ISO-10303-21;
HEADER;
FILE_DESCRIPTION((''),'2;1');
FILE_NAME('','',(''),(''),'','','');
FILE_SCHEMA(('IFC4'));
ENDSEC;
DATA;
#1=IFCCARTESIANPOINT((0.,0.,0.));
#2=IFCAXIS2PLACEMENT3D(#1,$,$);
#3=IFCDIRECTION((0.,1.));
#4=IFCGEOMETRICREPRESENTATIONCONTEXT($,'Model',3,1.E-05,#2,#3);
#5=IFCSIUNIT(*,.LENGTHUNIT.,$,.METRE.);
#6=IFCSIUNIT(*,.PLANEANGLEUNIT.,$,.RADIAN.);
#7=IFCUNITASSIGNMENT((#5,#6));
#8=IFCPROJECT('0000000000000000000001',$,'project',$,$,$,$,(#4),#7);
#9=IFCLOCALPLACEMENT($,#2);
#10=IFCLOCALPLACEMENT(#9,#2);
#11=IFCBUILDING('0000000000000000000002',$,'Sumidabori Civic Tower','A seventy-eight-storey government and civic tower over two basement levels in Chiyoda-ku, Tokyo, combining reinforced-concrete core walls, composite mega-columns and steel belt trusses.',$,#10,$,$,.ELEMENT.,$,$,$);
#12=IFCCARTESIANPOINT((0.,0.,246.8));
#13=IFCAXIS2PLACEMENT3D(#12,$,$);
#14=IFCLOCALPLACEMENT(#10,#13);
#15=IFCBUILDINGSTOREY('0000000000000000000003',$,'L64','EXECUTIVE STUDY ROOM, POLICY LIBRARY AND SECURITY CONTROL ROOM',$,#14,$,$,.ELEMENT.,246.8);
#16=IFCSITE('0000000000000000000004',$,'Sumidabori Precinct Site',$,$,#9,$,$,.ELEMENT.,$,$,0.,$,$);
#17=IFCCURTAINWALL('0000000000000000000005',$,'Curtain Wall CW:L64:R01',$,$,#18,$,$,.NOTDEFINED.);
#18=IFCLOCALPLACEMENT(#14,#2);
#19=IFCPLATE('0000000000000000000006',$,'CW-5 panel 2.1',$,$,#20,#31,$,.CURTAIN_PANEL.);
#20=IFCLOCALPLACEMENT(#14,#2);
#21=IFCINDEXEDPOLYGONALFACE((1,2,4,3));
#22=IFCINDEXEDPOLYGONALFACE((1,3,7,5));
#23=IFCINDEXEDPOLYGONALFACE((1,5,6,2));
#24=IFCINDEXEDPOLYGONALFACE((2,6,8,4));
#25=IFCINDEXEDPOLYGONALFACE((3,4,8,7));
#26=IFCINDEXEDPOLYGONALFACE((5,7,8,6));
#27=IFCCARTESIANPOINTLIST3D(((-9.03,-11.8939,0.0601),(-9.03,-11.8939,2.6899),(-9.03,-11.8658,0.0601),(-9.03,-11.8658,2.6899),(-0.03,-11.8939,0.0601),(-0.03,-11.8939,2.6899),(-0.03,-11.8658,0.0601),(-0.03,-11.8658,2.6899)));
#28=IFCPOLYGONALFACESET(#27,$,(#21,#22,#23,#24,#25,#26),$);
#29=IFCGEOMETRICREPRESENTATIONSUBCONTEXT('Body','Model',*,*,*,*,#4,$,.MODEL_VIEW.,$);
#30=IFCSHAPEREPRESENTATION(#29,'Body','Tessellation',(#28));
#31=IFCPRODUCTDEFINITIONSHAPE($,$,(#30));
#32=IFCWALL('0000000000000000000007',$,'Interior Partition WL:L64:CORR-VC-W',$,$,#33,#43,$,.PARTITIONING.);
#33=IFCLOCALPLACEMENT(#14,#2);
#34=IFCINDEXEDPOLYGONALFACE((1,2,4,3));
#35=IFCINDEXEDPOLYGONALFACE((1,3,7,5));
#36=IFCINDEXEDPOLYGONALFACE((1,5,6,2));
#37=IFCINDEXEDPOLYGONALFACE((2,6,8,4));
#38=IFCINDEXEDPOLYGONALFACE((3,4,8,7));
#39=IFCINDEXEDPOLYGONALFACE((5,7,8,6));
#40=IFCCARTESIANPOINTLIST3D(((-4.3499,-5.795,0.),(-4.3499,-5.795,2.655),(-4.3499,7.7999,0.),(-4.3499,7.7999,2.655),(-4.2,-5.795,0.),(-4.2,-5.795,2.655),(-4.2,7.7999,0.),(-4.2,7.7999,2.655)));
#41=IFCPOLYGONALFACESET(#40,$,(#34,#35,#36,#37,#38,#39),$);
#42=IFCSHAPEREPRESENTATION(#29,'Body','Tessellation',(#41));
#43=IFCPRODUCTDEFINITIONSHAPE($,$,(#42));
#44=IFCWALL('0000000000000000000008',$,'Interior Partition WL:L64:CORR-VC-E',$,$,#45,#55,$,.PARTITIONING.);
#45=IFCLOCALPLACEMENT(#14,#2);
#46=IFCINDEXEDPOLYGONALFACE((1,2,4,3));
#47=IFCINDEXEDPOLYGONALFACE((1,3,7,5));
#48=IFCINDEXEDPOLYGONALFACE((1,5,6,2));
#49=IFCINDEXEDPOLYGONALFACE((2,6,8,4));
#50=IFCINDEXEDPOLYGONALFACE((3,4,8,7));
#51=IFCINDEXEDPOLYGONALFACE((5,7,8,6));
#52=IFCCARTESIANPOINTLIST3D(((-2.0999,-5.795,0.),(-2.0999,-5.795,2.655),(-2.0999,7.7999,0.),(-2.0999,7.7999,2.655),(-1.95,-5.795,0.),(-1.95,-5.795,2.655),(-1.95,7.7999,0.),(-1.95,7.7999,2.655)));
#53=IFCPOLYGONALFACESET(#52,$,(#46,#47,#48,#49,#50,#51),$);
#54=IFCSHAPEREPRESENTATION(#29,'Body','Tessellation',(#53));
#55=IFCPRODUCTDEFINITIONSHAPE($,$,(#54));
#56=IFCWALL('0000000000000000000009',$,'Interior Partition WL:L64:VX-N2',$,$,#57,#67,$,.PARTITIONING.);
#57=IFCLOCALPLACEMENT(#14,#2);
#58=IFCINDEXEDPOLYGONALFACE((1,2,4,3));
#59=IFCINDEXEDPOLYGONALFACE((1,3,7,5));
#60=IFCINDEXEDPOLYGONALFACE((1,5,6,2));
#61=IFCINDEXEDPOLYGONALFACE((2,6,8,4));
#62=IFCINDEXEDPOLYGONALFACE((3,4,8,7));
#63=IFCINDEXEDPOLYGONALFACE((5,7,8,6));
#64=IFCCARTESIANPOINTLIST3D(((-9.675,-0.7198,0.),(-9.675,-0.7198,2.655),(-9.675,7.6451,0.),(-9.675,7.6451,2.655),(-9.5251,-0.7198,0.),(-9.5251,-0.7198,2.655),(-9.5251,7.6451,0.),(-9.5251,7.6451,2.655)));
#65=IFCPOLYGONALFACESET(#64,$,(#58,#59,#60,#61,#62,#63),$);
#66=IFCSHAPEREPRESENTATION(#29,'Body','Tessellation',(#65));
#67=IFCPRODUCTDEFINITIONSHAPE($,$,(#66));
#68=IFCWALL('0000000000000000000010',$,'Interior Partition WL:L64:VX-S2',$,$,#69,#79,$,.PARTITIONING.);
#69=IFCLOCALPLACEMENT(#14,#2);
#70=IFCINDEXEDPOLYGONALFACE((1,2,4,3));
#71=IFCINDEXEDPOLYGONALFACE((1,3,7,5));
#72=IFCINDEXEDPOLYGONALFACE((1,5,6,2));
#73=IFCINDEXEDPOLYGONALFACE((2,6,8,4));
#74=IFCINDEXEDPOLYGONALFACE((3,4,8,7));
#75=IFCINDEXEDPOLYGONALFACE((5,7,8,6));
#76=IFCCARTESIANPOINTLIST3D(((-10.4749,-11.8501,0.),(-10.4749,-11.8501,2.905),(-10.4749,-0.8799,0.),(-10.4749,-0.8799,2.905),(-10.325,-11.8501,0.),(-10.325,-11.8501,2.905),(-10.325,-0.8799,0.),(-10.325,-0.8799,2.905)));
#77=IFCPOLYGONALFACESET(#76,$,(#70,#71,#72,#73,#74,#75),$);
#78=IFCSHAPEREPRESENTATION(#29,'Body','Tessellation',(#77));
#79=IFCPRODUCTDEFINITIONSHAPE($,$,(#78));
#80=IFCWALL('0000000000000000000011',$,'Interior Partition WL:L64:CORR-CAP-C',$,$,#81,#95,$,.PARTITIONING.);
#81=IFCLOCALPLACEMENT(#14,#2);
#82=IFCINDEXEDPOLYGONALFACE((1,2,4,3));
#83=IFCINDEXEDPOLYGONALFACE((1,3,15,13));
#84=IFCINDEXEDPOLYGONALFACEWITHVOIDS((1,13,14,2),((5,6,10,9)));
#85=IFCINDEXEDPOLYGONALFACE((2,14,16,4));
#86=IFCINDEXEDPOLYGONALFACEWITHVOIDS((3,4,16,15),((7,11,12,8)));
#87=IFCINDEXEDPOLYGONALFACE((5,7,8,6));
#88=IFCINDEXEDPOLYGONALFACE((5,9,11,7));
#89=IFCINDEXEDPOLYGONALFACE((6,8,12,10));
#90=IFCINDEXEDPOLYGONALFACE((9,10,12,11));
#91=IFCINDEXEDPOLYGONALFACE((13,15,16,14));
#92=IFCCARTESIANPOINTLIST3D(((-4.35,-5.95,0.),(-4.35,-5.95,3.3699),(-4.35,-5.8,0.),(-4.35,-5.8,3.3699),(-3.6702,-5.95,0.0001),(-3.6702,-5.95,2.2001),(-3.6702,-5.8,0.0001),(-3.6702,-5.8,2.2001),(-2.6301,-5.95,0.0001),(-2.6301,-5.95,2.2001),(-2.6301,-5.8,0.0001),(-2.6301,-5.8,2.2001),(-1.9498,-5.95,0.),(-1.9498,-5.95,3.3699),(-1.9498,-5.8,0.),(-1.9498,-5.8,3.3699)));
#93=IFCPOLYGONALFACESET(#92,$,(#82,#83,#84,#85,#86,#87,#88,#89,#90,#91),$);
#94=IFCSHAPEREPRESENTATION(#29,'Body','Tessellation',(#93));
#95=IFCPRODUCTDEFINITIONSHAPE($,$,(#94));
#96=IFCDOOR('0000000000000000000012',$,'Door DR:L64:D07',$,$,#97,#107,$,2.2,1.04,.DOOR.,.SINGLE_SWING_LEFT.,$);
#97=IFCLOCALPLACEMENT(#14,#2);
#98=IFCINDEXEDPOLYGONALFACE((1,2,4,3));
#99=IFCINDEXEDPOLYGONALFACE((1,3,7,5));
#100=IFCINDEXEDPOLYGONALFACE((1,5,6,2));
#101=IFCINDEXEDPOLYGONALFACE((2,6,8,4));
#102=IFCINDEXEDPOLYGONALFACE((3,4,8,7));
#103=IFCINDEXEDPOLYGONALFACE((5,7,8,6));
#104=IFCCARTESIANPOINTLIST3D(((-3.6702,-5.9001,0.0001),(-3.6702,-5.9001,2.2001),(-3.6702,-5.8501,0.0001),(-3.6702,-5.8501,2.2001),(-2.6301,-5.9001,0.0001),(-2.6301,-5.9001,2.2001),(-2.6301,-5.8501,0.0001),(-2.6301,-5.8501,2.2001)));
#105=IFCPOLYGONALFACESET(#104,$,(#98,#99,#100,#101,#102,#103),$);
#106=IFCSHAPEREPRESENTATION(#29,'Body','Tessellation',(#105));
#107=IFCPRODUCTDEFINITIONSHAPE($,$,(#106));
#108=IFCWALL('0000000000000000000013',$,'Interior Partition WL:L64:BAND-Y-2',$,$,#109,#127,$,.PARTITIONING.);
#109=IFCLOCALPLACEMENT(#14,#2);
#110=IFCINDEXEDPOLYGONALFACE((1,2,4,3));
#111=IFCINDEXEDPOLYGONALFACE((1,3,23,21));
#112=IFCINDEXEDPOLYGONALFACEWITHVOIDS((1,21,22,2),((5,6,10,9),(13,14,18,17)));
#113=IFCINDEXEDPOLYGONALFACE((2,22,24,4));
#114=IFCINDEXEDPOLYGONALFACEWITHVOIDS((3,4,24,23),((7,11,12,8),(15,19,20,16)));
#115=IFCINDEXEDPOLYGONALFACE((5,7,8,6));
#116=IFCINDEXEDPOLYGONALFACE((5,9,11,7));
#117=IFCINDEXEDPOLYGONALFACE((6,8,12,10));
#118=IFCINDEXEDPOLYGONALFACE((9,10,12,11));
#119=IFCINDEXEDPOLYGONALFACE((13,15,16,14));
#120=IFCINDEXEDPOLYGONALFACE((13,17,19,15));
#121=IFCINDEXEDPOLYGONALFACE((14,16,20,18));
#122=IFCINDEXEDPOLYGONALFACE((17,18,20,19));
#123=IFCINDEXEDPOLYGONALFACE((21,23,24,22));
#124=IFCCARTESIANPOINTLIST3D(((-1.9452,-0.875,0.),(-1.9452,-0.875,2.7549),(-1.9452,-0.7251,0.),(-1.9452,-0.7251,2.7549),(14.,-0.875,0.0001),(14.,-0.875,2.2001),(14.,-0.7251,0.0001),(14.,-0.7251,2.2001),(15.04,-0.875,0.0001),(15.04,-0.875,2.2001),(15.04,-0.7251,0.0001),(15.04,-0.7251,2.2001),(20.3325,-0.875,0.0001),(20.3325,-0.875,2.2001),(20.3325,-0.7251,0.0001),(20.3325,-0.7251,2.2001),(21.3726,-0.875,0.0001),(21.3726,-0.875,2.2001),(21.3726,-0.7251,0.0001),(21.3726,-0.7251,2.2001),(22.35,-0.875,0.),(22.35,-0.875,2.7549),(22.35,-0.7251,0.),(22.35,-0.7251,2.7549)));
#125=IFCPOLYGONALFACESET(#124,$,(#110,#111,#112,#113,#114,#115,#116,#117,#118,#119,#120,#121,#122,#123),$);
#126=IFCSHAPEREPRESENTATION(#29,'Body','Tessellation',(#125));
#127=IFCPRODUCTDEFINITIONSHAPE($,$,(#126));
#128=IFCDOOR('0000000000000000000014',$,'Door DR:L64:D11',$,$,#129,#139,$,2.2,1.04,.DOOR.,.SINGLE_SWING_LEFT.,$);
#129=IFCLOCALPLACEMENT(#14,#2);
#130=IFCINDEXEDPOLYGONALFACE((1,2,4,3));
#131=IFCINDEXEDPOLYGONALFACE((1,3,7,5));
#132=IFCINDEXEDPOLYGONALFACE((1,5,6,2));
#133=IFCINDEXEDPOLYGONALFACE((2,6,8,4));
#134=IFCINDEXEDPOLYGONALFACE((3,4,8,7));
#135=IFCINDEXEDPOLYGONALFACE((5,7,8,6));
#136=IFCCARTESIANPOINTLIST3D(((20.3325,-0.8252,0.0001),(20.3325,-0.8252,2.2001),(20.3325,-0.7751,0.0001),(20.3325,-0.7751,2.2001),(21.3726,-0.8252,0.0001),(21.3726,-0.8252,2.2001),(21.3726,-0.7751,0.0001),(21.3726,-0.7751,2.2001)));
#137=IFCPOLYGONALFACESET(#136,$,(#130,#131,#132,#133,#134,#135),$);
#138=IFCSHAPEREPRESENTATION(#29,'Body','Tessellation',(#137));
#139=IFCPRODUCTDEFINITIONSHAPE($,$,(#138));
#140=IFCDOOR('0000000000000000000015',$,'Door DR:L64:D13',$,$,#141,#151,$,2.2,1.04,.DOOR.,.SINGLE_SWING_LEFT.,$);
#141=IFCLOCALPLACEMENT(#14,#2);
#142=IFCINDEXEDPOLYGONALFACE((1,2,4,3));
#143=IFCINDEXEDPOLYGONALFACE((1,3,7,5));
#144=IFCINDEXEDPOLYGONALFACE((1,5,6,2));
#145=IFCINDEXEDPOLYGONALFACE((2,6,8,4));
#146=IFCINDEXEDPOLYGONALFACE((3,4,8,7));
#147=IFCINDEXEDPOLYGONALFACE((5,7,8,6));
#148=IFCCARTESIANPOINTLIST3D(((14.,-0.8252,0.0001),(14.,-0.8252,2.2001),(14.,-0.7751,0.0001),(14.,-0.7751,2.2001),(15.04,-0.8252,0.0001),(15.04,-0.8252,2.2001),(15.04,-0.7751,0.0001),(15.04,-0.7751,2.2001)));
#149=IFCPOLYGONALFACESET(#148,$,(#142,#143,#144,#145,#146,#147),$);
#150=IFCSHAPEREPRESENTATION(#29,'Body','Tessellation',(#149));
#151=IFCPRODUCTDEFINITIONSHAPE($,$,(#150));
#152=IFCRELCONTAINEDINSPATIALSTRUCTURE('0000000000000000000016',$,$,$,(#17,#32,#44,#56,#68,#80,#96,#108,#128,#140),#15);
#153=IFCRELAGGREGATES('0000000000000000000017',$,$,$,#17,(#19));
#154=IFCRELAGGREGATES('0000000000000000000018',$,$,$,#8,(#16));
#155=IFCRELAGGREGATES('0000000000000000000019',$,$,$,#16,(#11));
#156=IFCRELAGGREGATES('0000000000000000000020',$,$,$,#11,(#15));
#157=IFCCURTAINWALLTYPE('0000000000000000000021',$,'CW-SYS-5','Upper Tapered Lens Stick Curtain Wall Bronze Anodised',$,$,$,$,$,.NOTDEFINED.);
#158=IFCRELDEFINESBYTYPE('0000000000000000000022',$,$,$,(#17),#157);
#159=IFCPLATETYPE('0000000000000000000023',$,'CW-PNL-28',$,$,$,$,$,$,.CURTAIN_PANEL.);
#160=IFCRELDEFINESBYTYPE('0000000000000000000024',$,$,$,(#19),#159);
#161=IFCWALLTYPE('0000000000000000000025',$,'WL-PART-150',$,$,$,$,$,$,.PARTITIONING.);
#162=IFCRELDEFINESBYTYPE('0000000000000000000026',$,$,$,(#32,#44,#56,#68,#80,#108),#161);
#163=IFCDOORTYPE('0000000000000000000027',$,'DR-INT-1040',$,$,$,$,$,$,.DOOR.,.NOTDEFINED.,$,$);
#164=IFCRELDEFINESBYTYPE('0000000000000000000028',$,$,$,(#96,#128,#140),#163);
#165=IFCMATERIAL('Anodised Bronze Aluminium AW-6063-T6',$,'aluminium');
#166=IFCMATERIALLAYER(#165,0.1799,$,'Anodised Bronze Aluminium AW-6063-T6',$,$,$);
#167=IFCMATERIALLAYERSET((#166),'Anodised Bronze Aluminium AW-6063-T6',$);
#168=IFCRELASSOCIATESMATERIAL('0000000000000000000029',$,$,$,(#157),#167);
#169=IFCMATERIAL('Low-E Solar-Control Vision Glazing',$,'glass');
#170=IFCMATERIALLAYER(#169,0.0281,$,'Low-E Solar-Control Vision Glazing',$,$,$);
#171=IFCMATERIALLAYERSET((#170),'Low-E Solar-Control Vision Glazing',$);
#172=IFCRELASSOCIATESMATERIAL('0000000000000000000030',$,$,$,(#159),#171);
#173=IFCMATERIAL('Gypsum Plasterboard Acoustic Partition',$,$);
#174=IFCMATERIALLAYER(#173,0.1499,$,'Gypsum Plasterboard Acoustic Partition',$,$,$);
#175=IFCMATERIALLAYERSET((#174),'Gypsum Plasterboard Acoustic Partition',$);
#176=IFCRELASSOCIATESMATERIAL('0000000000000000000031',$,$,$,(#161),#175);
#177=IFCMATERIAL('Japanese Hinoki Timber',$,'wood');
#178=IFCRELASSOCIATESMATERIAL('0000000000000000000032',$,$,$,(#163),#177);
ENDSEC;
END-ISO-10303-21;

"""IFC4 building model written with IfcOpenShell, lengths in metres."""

from ifc_helpers import new_model, si_unit, direction, frame, frame_2d, origin, origin_2d, place, context, subcontext, project, spatial, rectangle, extrude, source, transform, mapped, material, layer, layer_set, type_object, element, fill, aggregate, save


model = new_model("IFC4")

# Units and contexts
model_context = context("Model", 3, precision=1e-05, world=origin(), true_north=direction((0.0, 1.0)))
body_context = subcontext(model_context, "Body", "Model", "MODEL_VIEW")
ifc_project = project(units=[si_unit("LENGTHUNIT", "METRE"), si_unit("PLANEANGLEUNIT", "RADIAN")], contexts=[model_context])

# Site, building, storey
site_placement = place(None, origin())
site = spatial("IfcSite", under=ifc_project, at=site_placement, Name="Sumidabori Precinct Site", CompositionType="ELEMENT", RefElevation=0.0)
building_placement = place(site_placement, origin())
building = spatial("IfcBuilding", under=site, at=building_placement, Name="Sumidabori Civic Tower", Description="A seventy-eight-storey government and civic tower over two basement levels in Chiyoda-ku, Tokyo, combining reinforced-concrete core walls, composite mega-columns and steel belt trusses.", CompositionType="ELEMENT")
storey_placement = place(building_placement, frame((0.0, 0.0, 246.8)))
storey = spatial("IfcBuildingStorey", under=building, at=storey_placement, Name="L64", Description="EXECUTIVE STUDY ROOM, POLICY LIBRARY AND SECURITY CONTROL ROOM", CompositionType="ELEMENT", Elevation=246.8)

# Curtain wall
ifc_material_1 = material(Name="Anodised Bronze Aluminium AW-6063-T6", Category="aluminium")
ifc_layer_1 = layer(ifc_material_1, 0.1799, Name="Anodised Bronze Aluminium AW-6063-T6")
ifc_layer_set_1 = layer_set([ifc_layer_1], Name="Anodised Bronze Aluminium AW-6063-T6")
curtain_wall_type = type_object("IfcCurtainWallType", Name="CW-SYS-5", Description="Upper Tapered Lens Stick Curtain Wall Bronze Anodised", PredefinedType="NOTDEFINED", material=ifc_layer_set_1)
curtain_wall_placement = place(storey_placement, origin())
curtain_wall = element("IfcCurtainWall", 1, at=curtain_wall_placement, inside=storey, type_object=curtain_wall_type, Name="Curtain Wall CW:L64:R01", PredefinedType="NOTDEFINED")

# Plate
ifc_material_2 = material(Name="Low-E Solar-Control Vision Glazing", Category="glass")
ifc_layer_2 = layer(ifc_material_2, 0.0281, Name="Low-E Solar-Control Vision Glazing")
ifc_layer_set_2 = layer_set([ifc_layer_2], Name="Low-E Solar-Control Vision Glazing")
plate_type = type_object("IfcPlateType", Name="CW-PNL-28", PredefinedType="CURTAIN_PANEL", material=ifc_layer_set_2)
shared_shape_1 = source(origin(), body_context, "Body", "SweptSolid", [
    extrude(rectangle(XDim=9.0, YDim=0.0281, at=origin_2d()), origin(), (0.0, 0.0, 1.0), 2.6299),
])
plate_placement = place(storey_placement, frame((-4.53, -11.8799, 0.0601), z_axis=(0.0, 0.0, 1.0), x_axis=(1.0, 0.0, 0.0)))
plate = element("IfcPlate", 2, at=plate_placement, type_object=plate_type, Name="CW-5 panel 2.1", PredefinedType="CURTAIN_PANEL", context=body_context, shape_type="MappedRepresentation", body=[
    mapped(shared_shape_1, transform((0.0, 0.0, 0.0), x_axis=(1.0, 0.0, 0.0), y_axis=(0.0, 1.0, 0.0), z_axis=(0.0, 0.0, 1.0), scale=1.0)),
])
aggregate(curtain_wall, [plate])

# Walls
ifc_material_3 = material(Name="Gypsum Plasterboard Acoustic Partition")
ifc_layer_3 = layer(ifc_material_3, 0.1499, Name="Gypsum Plasterboard Acoustic Partition")
ifc_layer_set_3 = layer_set([ifc_layer_3], Name="Gypsum Plasterboard Acoustic Partition")
wall_type = type_object("IfcWallType", Name="WL-PART-150", PredefinedType="PARTITIONING", material=ifc_layer_set_3)
shared_shape_2 = source(origin(), body_context, "Body", "SweptSolid", [
    extrude(rectangle(XDim=13.595, YDim=0.1499, at=frame_2d((6.7974, 0.0))), origin(), (0.0, 0.0, 1.0), 2.655),
])
for number, where, z_axis, x_axis, name in (
    (3, (-4.2749, -5.7949, 0.0), (0.0, 0.0, 1.0), (0.0, 1.0, 0.0), "Interior Partition WL:L64:CORR-VC-W"),
    (4, (-2.0249, -5.7949, 0.0), (0.0, 0.0, 1.0), (0.0, 1.0, 0.0), "Interior Partition WL:L64:CORR-VC-E"),
):
    element("IfcWall", number, at=place(storey_placement, frame(where, z_axis=z_axis, x_axis=x_axis)), inside=storey, type_object=wall_type, Name=name, PredefinedType="PARTITIONING", context=body_context, shape_type="MappedRepresentation", body=[
        mapped(shared_shape_2, transform((0.0, 0.0, 0.0), x_axis=(1.0, 0.0, 0.0), y_axis=(0.0, 1.0, 0.0), z_axis=(0.0, 0.0, 1.0), scale=1.0)),
    ])
shared_shape_3 = source(origin(), body_context, "Body", "SweptSolid", [
    extrude(rectangle(XDim=8.365, YDim=0.1499, at=frame_2d((4.1826, 0.0))), origin(), (0.0, 0.0, 1.0), 2.655),
])
wall_1_placement = place(storey_placement, frame((-9.6001, -0.72, 0.0), z_axis=(0.0, 0.0, 1.0), x_axis=(0.0, 1.0, 0.0)))
element("IfcWall", 5, at=wall_1_placement, inside=storey, type_object=wall_type, Name="Interior Partition WL:L64:VX-N2", PredefinedType="PARTITIONING", context=body_context, shape_type="MappedRepresentation", body=[
    mapped(shared_shape_3, transform((0.0, 0.0, 0.0), x_axis=(1.0, 0.0, 0.0), y_axis=(0.0, 1.0, 0.0), z_axis=(0.0, 0.0, 1.0), scale=1.0)),
])
shared_shape_4 = source(origin(), body_context, "Body", "SweptSolid", [
    extrude(rectangle(XDim=10.9702, YDim=0.1499, at=frame_2d((5.4851, 0.0))), origin(), (0.0, 0.0, 1.0), 2.905),
])
wall_2_placement = place(storey_placement, frame((-10.3999, -11.8501, 0.0), z_axis=(0.0, 0.0, 1.0), x_axis=(0.0, 1.0, 0.0)))
element("IfcWall", 6, at=wall_2_placement, inside=storey, type_object=wall_type, Name="Interior Partition WL:L64:VX-S2", PredefinedType="PARTITIONING", context=body_context, shape_type="MappedRepresentation", body=[
    mapped(shared_shape_4, transform((0.0, 0.0, 0.0), x_axis=(1.0, 0.0, 0.0), y_axis=(0.0, 1.0, 0.0), z_axis=(0.0, 0.0, 1.0), scale=1.0)),
])

# Wall, opening, door
shared_shape_5 = source(origin(), body_context, "Body", "SweptSolid", [
    extrude(rectangle(XDim=2.4001, YDim=0.1499, at=frame_2d((1.2002, 0.0))), origin(), (0.0, 0.0, 1.0), 3.3699),
])
wall_3_placement = place(storey_placement, frame((-4.3501, -5.875, 0.0), z_axis=(0.0, 0.0, 1.0), x_axis=(1.0, 0.0, 0.0)))
wall_3 = element("IfcWall", 7, at=wall_3_placement, inside=storey, type_object=wall_type, Name="Interior Partition WL:L64:CORR-CAP-C", PredefinedType="PARTITIONING", context=body_context, shape_type="MappedRepresentation", body=[
    mapped(shared_shape_5, transform((0.0, 0.0, 0.0), x_axis=(1.0, 0.0, 0.0), y_axis=(0.0, 1.0, 0.0), z_axis=(0.0, 0.0, 1.0), scale=1.0)),
])
opening_1_placement = place(wall_3_placement, frame((0.6799, 0.0, 0.0)))
opening_1 = element("IfcOpeningElement", 8, at=opening_1_placement, cuts=wall_3, PredefinedType="OPENING", context=body_context, shape_type="SweptSolid", body=[
    extrude(rectangle(XDim=1.04, YDim=2.2, at=frame_2d((0.52, 1.1001))), frame((0.0, 0.0869, 0.0), z_axis=(0.0, -1.0, 0.0), x_axis=(1.0, 0.0, 0.0)), (0.0, 0.0, 1.0), 0.1738),
])
ifc_material_4 = material(Name="Japanese Hinoki Timber", Category="wood")
door_type = type_object("IfcDoorType", Name="DR-INT-1040", OperationType="NOTDEFINED", PredefinedType="DOOR", material=ifc_material_4)
shared_shape_6 = source(origin(), body_context, "Body", "SweptSolid", [
    extrude(rectangle(XDim=1.04, YDim=2.2, at=frame_2d((0.52, 1.1001))), frame((0.0, 0.0249, 0.0), z_axis=(0.0, -1.0, 0.0), x_axis=(1.0, 0.0, 0.0)), (0.0, 0.0, 1.0), 0.05),
])
door_1_placement = place(opening_1_placement, origin())
door_1 = element("IfcDoor", 9, at=door_1_placement, inside=storey, type_object=door_type, Name="Door DR:L64:D07", OperationType="SINGLE_SWING_LEFT", OverallHeight=2.2, OverallWidth=1.04, PredefinedType="DOOR", context=body_context, shape_type="MappedRepresentation", body=[
    mapped(shared_shape_6, transform((0.0, 0.0, 0.0), x_axis=(1.0, 0.0, 0.0), y_axis=(0.0, 1.0, 0.0), z_axis=(0.0, 0.0, 1.0), scale=1.0)),
])
fill(opening_1, door_1)

# Wall, openings, doors
shared_shape_7 = source(origin(), body_context, "Body", "SweptSolid", [
    extrude(rectangle(XDim=24.2952, YDim=0.1499, at=frame_2d((12.1475, 0.0))), origin(), (0.0, 0.0, 1.0), 2.7549),
])
wall_4_placement = place(storey_placement, frame((-1.9451, -0.8, 0.0), z_axis=(0.0, 0.0, 1.0), x_axis=(1.0, 0.0, 0.0)))
wall_4 = element("IfcWall", 10, at=wall_4_placement, inside=storey, type_object=wall_type, Name="Interior Partition WL:L64:BAND-Y-2", PredefinedType="PARTITIONING", context=body_context, shape_type="MappedRepresentation", body=[
    mapped(shared_shape_7, transform((0.0, 0.0, 0.0), x_axis=(1.0, 0.0, 0.0), y_axis=(0.0, 1.0, 0.0), z_axis=(0.0, 0.0, 1.0), scale=1.0)),
])
opening_2_placement = place(wall_4_placement, frame((22.2776, 0.0, 0.0)))
opening_2 = element("IfcOpeningElement", 11, at=opening_2_placement, cuts=wall_4, PredefinedType="OPENING", context=body_context, shape_type="SweptSolid", body=[
    extrude(rectangle(XDim=1.04, YDim=2.2, at=frame_2d((0.52, 1.1001))), frame((0.0, 0.0869, 0.0), z_axis=(0.0, -1.0, 0.0), x_axis=(1.0, 0.0, 0.0)), (0.0, 0.0, 1.0), 0.1738),
])
opening_3_placement = place(wall_4_placement, frame((15.9451, 0.0, 0.0)))
opening_3 = element("IfcOpeningElement", 12, at=opening_3_placement, cuts=wall_4, PredefinedType="OPENING", context=body_context, shape_type="SweptSolid", body=[
    extrude(rectangle(XDim=1.04, YDim=2.2, at=frame_2d((0.52, 1.1001))), frame((0.0, 0.0869, 0.0), z_axis=(0.0, -1.0, 0.0), x_axis=(1.0, 0.0, 0.0)), (0.0, 0.0, 1.0), 0.1738),
])
door_2_placement = place(opening_2_placement, origin())
door_2 = element("IfcDoor", 13, at=door_2_placement, inside=storey, type_object=door_type, Name="Door DR:L64:D11", OperationType="SINGLE_SWING_LEFT", OverallHeight=2.2, OverallWidth=1.04, PredefinedType="DOOR", context=body_context, shape_type="MappedRepresentation", body=[
    mapped(shared_shape_6, transform((0.0, 0.0, 0.0), x_axis=(1.0, 0.0, 0.0), y_axis=(0.0, 1.0, 0.0), z_axis=(0.0, 0.0, 1.0), scale=1.0)),
])
fill(opening_2, door_2)
door_3_placement = place(opening_3_placement, origin())
door_3 = element("IfcDoor", 14, at=door_3_placement, inside=storey, type_object=door_type, Name="Door DR:L64:D13", OperationType="SINGLE_SWING_LEFT", OverallHeight=2.2, OverallWidth=1.04, PredefinedType="DOOR", context=body_context, shape_type="MappedRepresentation", body=[
    mapped(shared_shape_6, transform((0.0, 0.0, 0.0), x_axis=(1.0, 0.0, 0.0), y_axis=(0.0, 1.0, 0.0), z_axis=(0.0, 0.0, 1.0), scale=1.0)),
])
fill(opening_3, door_3)

save(model, "model.ifc")
